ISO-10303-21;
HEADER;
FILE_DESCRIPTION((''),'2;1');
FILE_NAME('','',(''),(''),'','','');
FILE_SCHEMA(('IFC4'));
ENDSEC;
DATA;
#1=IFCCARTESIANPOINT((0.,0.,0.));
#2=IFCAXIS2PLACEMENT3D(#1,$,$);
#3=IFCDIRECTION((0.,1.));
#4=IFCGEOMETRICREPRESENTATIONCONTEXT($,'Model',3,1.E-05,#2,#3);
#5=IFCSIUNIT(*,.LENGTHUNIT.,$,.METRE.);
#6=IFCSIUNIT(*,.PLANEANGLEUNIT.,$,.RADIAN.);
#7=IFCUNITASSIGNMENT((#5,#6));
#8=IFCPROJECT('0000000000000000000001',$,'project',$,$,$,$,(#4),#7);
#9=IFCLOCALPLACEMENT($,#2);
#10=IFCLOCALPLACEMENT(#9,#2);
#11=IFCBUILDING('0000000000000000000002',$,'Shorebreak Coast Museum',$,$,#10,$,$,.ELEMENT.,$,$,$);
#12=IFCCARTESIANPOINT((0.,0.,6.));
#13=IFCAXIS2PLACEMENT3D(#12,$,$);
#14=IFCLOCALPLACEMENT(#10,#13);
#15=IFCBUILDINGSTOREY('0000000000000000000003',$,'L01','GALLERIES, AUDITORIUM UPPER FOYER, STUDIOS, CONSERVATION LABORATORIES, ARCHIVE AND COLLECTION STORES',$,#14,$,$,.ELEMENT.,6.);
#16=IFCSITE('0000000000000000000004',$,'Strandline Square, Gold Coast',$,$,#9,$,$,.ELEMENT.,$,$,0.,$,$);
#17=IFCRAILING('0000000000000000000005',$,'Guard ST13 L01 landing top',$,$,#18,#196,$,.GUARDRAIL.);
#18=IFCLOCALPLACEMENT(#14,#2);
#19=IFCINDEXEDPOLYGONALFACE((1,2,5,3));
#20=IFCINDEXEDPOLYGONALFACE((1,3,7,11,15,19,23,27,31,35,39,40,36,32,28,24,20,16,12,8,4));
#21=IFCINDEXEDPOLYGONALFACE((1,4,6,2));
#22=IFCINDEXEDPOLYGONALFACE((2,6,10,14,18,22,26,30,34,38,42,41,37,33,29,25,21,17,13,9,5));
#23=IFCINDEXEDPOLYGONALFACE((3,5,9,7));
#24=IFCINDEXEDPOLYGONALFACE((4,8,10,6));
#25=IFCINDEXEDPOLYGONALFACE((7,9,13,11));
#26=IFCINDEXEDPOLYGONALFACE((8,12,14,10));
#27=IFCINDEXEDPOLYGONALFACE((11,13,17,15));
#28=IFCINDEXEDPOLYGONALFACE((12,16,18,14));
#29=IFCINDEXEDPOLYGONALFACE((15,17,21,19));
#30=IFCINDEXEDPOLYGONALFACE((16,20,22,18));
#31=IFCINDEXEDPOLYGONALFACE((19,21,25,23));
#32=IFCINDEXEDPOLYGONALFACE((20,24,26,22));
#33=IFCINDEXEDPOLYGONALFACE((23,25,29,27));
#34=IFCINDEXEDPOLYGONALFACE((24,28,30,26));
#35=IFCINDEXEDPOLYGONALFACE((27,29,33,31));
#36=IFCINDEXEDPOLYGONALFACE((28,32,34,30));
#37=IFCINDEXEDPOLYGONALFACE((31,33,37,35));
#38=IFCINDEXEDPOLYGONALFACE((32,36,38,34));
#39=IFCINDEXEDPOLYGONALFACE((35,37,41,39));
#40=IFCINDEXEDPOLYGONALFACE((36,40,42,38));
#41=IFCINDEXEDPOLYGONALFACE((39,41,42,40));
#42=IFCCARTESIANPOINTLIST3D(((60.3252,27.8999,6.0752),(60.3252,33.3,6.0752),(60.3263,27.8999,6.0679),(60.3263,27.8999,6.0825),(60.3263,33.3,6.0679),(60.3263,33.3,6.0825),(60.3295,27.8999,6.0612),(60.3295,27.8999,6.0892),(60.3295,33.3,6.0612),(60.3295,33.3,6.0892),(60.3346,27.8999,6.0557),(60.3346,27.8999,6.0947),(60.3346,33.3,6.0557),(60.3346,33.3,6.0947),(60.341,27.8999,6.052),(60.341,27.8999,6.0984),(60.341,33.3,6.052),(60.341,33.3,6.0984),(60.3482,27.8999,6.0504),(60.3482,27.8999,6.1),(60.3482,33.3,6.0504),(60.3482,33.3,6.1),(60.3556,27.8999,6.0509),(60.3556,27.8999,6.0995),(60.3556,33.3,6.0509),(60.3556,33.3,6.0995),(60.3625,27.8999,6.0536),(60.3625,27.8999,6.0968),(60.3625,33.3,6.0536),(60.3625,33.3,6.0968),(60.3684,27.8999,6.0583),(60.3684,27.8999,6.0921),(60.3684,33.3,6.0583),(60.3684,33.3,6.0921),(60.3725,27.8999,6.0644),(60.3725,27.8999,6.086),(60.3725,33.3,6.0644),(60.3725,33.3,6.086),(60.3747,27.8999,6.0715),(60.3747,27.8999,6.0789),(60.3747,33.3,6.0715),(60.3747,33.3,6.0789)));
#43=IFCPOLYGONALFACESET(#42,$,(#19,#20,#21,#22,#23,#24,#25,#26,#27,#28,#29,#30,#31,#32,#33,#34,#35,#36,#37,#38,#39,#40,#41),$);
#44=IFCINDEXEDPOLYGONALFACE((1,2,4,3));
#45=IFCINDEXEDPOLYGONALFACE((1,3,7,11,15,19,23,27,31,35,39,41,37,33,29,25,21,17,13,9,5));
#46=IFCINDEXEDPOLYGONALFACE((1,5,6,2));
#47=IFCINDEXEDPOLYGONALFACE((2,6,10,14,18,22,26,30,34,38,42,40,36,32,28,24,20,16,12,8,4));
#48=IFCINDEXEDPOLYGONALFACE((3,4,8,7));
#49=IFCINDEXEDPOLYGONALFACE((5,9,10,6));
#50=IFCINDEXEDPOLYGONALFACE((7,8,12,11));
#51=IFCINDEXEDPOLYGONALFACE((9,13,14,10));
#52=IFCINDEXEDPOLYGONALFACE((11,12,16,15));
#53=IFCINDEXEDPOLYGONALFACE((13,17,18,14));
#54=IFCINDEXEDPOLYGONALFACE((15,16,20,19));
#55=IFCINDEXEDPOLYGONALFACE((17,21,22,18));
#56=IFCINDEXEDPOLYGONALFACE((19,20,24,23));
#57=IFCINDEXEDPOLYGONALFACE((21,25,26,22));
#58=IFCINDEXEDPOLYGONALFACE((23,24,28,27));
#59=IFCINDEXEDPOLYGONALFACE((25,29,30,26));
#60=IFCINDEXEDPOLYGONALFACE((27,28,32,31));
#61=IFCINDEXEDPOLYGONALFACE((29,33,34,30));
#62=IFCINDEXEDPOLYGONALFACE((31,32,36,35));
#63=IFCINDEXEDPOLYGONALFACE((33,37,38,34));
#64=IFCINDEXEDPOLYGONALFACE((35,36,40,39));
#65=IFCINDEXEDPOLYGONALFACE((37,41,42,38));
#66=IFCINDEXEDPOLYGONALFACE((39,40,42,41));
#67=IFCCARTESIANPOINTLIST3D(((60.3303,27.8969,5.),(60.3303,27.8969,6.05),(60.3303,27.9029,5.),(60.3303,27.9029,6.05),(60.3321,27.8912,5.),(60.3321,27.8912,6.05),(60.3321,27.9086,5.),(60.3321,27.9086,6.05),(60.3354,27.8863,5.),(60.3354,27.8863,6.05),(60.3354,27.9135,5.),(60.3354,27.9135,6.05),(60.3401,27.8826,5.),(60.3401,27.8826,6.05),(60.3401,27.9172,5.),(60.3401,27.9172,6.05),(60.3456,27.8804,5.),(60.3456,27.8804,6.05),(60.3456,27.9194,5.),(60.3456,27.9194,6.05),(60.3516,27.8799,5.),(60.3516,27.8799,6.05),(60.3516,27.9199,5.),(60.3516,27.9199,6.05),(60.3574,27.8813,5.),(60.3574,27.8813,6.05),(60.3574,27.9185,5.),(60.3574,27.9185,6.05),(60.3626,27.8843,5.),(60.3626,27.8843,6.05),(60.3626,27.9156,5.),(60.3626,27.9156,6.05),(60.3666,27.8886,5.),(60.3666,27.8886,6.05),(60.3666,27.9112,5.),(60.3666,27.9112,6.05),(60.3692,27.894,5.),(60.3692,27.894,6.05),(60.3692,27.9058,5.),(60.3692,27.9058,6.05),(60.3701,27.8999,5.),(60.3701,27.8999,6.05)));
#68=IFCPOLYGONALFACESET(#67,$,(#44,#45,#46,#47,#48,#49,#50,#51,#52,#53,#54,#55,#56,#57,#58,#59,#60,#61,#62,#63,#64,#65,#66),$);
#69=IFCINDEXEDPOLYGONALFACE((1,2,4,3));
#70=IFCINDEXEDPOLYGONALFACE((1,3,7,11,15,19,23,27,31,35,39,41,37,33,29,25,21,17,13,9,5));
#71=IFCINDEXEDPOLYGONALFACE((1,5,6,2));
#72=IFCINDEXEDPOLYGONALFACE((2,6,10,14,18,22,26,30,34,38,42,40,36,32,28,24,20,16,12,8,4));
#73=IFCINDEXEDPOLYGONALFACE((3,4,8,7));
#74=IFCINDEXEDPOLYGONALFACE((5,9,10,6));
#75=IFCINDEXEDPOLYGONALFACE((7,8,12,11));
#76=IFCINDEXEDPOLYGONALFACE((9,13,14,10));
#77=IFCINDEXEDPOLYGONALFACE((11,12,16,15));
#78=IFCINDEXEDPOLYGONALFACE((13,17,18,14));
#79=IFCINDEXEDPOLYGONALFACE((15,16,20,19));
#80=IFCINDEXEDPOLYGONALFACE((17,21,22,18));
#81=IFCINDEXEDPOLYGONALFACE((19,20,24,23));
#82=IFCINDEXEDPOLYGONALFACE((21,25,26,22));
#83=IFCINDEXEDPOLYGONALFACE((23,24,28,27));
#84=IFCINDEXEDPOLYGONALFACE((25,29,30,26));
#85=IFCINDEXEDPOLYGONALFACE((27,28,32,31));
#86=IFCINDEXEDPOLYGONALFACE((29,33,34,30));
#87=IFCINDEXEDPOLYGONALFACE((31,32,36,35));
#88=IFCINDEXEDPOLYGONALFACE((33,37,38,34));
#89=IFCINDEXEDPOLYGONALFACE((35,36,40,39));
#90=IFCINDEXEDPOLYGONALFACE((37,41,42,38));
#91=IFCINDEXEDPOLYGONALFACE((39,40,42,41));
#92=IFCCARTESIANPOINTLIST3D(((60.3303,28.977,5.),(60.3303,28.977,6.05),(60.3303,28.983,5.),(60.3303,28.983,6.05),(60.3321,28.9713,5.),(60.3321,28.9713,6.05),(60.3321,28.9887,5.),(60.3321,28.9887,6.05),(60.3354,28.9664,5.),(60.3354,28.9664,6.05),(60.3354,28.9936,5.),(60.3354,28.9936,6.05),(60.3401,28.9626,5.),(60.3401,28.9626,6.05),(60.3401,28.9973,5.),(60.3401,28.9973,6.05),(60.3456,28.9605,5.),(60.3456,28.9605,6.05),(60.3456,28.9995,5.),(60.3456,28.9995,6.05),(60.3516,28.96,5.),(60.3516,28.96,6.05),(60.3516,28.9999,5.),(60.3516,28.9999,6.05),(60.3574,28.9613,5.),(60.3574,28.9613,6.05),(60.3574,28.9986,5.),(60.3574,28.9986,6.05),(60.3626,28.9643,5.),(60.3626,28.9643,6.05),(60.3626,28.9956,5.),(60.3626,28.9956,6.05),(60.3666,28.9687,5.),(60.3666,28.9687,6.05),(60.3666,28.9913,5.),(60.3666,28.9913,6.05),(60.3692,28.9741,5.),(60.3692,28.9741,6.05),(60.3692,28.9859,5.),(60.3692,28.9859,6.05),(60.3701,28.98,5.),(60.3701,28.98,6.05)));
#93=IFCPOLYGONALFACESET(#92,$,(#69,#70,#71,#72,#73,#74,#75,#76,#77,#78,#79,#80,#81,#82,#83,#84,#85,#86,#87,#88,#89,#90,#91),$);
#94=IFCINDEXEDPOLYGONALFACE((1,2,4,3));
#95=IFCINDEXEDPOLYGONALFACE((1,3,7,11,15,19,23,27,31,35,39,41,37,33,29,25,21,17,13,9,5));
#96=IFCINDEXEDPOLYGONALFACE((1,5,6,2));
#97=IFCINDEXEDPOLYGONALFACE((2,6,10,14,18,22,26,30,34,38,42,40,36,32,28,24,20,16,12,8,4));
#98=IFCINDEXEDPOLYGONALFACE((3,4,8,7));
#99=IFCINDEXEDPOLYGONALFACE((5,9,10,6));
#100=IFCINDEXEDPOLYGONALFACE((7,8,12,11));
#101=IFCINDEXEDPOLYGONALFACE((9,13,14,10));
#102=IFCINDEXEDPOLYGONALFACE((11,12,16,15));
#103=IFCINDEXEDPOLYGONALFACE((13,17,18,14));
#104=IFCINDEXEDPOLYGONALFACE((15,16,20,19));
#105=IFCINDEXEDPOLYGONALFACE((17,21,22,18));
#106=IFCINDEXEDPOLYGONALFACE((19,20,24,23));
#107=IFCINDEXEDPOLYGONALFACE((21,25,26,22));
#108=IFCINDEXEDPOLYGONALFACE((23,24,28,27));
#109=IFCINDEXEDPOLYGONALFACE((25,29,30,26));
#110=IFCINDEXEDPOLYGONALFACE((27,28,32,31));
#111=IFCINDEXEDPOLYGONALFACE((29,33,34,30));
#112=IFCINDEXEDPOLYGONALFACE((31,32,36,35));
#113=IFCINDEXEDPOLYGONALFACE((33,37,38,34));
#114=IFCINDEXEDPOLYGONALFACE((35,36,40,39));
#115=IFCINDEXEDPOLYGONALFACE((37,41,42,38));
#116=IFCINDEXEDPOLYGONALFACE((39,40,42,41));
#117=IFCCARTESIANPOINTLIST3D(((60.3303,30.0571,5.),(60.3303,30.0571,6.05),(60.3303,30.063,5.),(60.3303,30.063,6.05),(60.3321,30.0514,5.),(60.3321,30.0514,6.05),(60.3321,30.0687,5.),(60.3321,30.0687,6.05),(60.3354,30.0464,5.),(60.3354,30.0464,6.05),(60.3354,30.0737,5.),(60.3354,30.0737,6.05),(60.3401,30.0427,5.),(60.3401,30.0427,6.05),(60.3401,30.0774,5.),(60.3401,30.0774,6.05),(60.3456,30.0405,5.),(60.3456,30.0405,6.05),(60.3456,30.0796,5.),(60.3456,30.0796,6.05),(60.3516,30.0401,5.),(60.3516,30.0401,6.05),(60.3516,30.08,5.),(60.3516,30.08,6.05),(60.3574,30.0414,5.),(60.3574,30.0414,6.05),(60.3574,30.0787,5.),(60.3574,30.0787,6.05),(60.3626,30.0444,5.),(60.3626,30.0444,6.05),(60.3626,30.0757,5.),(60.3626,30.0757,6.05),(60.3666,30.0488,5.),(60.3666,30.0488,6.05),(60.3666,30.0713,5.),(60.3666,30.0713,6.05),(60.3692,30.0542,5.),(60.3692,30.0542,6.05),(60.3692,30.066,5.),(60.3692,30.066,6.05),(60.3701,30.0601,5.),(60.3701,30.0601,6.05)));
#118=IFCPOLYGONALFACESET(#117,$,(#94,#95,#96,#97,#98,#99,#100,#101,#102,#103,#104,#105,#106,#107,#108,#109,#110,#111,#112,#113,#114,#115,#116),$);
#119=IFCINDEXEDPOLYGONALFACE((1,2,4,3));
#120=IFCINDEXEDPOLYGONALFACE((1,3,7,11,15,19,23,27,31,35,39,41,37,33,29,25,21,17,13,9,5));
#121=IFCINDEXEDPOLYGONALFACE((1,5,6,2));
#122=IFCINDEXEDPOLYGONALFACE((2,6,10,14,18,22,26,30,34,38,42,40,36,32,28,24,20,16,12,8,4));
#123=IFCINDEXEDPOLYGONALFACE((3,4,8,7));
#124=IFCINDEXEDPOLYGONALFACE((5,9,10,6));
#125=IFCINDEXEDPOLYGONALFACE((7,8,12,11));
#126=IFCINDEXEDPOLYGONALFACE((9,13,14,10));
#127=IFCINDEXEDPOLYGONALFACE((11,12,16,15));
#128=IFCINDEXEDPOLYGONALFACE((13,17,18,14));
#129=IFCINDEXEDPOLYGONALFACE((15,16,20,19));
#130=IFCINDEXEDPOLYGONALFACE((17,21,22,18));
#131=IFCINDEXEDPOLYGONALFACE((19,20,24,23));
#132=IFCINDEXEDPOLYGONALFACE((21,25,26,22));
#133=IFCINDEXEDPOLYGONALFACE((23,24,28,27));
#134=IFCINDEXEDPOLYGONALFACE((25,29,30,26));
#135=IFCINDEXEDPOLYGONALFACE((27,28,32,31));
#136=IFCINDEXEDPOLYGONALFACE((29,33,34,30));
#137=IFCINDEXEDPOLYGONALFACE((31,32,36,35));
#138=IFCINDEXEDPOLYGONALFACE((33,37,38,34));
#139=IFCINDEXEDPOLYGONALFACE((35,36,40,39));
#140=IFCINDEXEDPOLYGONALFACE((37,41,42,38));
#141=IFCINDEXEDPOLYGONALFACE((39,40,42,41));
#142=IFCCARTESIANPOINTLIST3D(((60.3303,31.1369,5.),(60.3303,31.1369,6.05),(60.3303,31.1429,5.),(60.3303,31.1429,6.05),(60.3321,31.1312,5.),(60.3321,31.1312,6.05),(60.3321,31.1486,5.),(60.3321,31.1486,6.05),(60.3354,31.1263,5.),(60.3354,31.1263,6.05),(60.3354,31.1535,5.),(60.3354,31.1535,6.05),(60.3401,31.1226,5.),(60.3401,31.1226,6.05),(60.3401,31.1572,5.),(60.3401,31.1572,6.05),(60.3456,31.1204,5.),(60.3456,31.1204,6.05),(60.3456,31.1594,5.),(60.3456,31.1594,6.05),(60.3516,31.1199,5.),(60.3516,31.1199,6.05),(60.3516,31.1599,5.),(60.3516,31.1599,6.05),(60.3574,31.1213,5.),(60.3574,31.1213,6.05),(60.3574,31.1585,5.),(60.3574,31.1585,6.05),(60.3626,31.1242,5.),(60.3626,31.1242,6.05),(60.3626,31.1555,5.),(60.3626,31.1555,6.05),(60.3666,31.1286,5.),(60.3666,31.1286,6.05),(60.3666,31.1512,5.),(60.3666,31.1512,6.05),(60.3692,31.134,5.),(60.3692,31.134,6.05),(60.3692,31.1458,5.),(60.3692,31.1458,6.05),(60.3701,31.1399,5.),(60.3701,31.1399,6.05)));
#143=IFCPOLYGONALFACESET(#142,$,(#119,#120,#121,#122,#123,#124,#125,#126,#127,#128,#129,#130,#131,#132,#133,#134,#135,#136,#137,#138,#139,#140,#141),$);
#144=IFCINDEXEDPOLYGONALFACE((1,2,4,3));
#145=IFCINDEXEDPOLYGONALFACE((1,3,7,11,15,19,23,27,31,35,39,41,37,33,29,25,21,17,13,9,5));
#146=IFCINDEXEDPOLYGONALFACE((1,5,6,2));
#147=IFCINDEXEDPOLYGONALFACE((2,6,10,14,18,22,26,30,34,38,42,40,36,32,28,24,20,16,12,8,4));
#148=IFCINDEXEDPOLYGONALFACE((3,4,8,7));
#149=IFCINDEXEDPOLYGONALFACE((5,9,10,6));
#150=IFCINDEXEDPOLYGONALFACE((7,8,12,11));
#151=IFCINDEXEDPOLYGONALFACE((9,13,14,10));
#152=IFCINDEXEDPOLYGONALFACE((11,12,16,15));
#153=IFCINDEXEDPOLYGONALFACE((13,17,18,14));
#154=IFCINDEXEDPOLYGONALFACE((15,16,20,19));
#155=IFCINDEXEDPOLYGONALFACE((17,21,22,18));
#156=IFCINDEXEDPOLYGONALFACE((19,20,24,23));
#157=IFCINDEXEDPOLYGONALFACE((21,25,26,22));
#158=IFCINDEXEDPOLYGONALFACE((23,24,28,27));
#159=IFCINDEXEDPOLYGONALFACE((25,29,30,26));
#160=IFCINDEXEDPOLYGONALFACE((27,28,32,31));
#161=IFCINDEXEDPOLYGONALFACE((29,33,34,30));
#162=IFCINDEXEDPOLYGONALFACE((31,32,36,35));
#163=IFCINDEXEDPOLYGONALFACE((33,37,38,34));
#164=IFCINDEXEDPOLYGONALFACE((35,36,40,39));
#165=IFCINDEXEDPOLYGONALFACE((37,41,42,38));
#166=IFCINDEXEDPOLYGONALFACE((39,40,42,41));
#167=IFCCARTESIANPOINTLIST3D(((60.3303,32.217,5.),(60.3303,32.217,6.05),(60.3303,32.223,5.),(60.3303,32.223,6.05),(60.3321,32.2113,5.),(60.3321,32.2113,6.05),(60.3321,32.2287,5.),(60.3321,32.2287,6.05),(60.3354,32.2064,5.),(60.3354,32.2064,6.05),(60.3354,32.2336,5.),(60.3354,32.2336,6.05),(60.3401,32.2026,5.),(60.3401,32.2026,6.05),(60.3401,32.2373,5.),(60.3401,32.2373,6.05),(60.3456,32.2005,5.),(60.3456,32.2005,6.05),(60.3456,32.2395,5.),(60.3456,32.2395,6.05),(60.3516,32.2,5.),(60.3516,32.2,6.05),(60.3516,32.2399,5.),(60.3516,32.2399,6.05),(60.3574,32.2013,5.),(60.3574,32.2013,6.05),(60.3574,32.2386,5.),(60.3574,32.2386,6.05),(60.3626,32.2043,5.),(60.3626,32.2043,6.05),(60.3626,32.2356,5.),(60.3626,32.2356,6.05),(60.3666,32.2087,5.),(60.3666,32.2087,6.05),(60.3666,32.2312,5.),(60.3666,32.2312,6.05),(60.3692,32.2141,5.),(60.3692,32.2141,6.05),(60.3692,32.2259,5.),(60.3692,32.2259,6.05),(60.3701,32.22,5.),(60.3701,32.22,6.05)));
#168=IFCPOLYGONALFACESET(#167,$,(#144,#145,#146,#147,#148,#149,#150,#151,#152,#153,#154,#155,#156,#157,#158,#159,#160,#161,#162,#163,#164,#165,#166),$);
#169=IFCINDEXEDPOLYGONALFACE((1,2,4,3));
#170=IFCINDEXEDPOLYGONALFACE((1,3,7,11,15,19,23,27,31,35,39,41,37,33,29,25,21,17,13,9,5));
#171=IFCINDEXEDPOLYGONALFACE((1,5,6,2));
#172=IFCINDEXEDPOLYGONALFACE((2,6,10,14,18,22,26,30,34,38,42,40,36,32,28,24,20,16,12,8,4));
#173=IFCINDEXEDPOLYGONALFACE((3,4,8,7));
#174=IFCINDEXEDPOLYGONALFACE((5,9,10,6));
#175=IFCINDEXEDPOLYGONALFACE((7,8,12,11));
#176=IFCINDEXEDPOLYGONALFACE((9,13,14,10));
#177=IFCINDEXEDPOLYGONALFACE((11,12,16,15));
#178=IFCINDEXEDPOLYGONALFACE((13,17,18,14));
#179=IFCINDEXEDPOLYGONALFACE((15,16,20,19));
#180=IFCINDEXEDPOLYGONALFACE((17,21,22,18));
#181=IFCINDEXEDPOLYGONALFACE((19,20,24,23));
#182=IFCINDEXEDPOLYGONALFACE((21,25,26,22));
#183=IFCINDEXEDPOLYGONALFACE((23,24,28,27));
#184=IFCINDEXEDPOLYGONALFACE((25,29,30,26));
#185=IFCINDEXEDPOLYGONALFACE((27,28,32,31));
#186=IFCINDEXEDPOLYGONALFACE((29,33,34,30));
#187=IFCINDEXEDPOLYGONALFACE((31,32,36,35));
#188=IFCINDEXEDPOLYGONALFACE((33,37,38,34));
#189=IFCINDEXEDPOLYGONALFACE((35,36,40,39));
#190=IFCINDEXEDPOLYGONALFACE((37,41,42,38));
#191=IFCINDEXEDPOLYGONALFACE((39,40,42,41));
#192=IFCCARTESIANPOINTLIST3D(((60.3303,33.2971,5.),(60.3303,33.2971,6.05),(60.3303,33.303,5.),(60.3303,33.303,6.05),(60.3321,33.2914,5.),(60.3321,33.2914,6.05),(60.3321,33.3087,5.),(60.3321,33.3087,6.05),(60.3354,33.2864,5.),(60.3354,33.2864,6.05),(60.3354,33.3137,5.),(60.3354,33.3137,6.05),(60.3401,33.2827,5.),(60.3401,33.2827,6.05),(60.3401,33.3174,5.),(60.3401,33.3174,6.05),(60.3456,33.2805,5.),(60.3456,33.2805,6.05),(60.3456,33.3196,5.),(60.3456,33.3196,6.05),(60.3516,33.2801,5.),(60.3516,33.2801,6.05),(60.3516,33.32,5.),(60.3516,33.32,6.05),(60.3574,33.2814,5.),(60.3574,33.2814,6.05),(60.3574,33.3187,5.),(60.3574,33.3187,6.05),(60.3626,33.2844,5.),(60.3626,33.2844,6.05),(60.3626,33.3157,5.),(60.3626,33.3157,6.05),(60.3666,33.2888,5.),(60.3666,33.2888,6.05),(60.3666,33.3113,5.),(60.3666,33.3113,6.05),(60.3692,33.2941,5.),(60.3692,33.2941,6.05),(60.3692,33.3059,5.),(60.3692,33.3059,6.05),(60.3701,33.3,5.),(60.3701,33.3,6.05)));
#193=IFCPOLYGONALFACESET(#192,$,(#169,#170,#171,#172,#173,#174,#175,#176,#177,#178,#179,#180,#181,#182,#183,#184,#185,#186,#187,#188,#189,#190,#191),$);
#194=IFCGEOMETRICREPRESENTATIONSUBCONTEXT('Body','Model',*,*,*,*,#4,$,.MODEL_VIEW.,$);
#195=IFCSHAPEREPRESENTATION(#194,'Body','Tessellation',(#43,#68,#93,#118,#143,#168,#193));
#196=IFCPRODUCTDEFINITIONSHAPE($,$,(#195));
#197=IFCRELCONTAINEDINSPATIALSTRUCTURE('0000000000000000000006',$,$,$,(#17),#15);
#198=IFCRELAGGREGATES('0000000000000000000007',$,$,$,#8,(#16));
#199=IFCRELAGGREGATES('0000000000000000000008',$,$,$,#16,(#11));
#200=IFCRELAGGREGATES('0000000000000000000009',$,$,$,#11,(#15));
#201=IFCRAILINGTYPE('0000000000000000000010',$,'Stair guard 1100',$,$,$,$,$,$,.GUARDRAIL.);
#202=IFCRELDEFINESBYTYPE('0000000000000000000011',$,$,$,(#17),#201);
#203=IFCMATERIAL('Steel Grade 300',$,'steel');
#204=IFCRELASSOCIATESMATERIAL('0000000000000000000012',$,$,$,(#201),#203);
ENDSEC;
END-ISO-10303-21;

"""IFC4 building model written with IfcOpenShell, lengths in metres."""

from ifc_helpers import new_model, si_unit, direction, frame, origin, origin_2d, place, context, subcontext, project, spatial, circle, extrude, material, type_object, element, save


model = new_model("IFC4")

# Units and contexts
model_context = context("Model", 3, precision=1e-05, world=origin(), true_north=direction((0.0, 1.0)))
body_context = subcontext(model_context, "Body", "Model", "MODEL_VIEW")
ifc_project = project(units=[si_unit("LENGTHUNIT", "METRE"), si_unit("PLANEANGLEUNIT", "RADIAN")], contexts=[model_context])

# Site, building, storey
site_placement = place(None, origin())
site = spatial("IfcSite", under=ifc_project, at=site_placement, Name="Strandline Square, Gold Coast", CompositionType="ELEMENT", RefElevation=0.0)
building_placement = place(site_placement, origin())
building = spatial("IfcBuilding", under=site, at=building_placement, Name="Shorebreak Coast Museum", CompositionType="ELEMENT")
storey_placement = place(building_placement, frame((0.0, 0.0, 6.0)))
storey = spatial("IfcBuildingStorey", under=building, at=storey_placement, Name="L01", Description="GALLERIES, AUDITORIUM UPPER FOYER, STUDIOS, CONSERVATION LABORATORIES, ARCHIVE AND COLLECTION STORES", CompositionType="ELEMENT", Elevation=6.0)

# Railing
ifc_material_1 = material(Name="Steel Grade 300", Category="steel")
railing_type_1 = type_object("IfcRailingType", Name="Stair guard 1100", PredefinedType="GUARDRAIL", material=ifc_material_1)
railing_1_placement = place(storey_placement, frame((60.3501, 27.8999, 5.0)))
element("IfcRailing", 1, at=railing_1_placement, inside=storey, type_object=railing_type_1, Name="Guard ST13 L01 landing top", PredefinedType="GUARDRAIL", context=body_context, shape_type="SweptSolid", body=[
    extrude(circle(Radius=0.0249, at=origin_2d()), frame((0.0, 0.0, 1.0752), z_axis=(0.0, 1.0, 0.0), x_axis=(-1.0, 0.0, 0.0)), (0.0, 0.0, 1.0), 5.4001),
    extrude(circle(Radius=0.02, at=origin_2d()), origin(), (0.0, 0.0, 1.0), 1.05),
    extrude(circle(Radius=0.02, at=origin_2d()), frame((0.0, 1.0801, 0.0)), (0.0, 0.0, 1.0), 1.05),
    extrude(circle(Radius=0.02, at=origin_2d()), frame((0.0, 2.1602, 0.0)), (0.0, 0.0, 1.0), 1.05),
    extrude(circle(Radius=0.02, at=origin_2d()), frame((0.0, 3.24, 0.0)), (0.0, 0.0, 1.0), 1.05),
    extrude(circle(Radius=0.02, at=origin_2d()), frame((0.0, 4.3201, 0.0)), (0.0, 0.0, 1.0), 1.05),
    extrude(circle(Radius=0.02, at=origin_2d()), frame((0.0, 5.4001, 0.0)), (0.0, 0.0, 1.0), 1.05),
])

save(model, "model.ifc")
